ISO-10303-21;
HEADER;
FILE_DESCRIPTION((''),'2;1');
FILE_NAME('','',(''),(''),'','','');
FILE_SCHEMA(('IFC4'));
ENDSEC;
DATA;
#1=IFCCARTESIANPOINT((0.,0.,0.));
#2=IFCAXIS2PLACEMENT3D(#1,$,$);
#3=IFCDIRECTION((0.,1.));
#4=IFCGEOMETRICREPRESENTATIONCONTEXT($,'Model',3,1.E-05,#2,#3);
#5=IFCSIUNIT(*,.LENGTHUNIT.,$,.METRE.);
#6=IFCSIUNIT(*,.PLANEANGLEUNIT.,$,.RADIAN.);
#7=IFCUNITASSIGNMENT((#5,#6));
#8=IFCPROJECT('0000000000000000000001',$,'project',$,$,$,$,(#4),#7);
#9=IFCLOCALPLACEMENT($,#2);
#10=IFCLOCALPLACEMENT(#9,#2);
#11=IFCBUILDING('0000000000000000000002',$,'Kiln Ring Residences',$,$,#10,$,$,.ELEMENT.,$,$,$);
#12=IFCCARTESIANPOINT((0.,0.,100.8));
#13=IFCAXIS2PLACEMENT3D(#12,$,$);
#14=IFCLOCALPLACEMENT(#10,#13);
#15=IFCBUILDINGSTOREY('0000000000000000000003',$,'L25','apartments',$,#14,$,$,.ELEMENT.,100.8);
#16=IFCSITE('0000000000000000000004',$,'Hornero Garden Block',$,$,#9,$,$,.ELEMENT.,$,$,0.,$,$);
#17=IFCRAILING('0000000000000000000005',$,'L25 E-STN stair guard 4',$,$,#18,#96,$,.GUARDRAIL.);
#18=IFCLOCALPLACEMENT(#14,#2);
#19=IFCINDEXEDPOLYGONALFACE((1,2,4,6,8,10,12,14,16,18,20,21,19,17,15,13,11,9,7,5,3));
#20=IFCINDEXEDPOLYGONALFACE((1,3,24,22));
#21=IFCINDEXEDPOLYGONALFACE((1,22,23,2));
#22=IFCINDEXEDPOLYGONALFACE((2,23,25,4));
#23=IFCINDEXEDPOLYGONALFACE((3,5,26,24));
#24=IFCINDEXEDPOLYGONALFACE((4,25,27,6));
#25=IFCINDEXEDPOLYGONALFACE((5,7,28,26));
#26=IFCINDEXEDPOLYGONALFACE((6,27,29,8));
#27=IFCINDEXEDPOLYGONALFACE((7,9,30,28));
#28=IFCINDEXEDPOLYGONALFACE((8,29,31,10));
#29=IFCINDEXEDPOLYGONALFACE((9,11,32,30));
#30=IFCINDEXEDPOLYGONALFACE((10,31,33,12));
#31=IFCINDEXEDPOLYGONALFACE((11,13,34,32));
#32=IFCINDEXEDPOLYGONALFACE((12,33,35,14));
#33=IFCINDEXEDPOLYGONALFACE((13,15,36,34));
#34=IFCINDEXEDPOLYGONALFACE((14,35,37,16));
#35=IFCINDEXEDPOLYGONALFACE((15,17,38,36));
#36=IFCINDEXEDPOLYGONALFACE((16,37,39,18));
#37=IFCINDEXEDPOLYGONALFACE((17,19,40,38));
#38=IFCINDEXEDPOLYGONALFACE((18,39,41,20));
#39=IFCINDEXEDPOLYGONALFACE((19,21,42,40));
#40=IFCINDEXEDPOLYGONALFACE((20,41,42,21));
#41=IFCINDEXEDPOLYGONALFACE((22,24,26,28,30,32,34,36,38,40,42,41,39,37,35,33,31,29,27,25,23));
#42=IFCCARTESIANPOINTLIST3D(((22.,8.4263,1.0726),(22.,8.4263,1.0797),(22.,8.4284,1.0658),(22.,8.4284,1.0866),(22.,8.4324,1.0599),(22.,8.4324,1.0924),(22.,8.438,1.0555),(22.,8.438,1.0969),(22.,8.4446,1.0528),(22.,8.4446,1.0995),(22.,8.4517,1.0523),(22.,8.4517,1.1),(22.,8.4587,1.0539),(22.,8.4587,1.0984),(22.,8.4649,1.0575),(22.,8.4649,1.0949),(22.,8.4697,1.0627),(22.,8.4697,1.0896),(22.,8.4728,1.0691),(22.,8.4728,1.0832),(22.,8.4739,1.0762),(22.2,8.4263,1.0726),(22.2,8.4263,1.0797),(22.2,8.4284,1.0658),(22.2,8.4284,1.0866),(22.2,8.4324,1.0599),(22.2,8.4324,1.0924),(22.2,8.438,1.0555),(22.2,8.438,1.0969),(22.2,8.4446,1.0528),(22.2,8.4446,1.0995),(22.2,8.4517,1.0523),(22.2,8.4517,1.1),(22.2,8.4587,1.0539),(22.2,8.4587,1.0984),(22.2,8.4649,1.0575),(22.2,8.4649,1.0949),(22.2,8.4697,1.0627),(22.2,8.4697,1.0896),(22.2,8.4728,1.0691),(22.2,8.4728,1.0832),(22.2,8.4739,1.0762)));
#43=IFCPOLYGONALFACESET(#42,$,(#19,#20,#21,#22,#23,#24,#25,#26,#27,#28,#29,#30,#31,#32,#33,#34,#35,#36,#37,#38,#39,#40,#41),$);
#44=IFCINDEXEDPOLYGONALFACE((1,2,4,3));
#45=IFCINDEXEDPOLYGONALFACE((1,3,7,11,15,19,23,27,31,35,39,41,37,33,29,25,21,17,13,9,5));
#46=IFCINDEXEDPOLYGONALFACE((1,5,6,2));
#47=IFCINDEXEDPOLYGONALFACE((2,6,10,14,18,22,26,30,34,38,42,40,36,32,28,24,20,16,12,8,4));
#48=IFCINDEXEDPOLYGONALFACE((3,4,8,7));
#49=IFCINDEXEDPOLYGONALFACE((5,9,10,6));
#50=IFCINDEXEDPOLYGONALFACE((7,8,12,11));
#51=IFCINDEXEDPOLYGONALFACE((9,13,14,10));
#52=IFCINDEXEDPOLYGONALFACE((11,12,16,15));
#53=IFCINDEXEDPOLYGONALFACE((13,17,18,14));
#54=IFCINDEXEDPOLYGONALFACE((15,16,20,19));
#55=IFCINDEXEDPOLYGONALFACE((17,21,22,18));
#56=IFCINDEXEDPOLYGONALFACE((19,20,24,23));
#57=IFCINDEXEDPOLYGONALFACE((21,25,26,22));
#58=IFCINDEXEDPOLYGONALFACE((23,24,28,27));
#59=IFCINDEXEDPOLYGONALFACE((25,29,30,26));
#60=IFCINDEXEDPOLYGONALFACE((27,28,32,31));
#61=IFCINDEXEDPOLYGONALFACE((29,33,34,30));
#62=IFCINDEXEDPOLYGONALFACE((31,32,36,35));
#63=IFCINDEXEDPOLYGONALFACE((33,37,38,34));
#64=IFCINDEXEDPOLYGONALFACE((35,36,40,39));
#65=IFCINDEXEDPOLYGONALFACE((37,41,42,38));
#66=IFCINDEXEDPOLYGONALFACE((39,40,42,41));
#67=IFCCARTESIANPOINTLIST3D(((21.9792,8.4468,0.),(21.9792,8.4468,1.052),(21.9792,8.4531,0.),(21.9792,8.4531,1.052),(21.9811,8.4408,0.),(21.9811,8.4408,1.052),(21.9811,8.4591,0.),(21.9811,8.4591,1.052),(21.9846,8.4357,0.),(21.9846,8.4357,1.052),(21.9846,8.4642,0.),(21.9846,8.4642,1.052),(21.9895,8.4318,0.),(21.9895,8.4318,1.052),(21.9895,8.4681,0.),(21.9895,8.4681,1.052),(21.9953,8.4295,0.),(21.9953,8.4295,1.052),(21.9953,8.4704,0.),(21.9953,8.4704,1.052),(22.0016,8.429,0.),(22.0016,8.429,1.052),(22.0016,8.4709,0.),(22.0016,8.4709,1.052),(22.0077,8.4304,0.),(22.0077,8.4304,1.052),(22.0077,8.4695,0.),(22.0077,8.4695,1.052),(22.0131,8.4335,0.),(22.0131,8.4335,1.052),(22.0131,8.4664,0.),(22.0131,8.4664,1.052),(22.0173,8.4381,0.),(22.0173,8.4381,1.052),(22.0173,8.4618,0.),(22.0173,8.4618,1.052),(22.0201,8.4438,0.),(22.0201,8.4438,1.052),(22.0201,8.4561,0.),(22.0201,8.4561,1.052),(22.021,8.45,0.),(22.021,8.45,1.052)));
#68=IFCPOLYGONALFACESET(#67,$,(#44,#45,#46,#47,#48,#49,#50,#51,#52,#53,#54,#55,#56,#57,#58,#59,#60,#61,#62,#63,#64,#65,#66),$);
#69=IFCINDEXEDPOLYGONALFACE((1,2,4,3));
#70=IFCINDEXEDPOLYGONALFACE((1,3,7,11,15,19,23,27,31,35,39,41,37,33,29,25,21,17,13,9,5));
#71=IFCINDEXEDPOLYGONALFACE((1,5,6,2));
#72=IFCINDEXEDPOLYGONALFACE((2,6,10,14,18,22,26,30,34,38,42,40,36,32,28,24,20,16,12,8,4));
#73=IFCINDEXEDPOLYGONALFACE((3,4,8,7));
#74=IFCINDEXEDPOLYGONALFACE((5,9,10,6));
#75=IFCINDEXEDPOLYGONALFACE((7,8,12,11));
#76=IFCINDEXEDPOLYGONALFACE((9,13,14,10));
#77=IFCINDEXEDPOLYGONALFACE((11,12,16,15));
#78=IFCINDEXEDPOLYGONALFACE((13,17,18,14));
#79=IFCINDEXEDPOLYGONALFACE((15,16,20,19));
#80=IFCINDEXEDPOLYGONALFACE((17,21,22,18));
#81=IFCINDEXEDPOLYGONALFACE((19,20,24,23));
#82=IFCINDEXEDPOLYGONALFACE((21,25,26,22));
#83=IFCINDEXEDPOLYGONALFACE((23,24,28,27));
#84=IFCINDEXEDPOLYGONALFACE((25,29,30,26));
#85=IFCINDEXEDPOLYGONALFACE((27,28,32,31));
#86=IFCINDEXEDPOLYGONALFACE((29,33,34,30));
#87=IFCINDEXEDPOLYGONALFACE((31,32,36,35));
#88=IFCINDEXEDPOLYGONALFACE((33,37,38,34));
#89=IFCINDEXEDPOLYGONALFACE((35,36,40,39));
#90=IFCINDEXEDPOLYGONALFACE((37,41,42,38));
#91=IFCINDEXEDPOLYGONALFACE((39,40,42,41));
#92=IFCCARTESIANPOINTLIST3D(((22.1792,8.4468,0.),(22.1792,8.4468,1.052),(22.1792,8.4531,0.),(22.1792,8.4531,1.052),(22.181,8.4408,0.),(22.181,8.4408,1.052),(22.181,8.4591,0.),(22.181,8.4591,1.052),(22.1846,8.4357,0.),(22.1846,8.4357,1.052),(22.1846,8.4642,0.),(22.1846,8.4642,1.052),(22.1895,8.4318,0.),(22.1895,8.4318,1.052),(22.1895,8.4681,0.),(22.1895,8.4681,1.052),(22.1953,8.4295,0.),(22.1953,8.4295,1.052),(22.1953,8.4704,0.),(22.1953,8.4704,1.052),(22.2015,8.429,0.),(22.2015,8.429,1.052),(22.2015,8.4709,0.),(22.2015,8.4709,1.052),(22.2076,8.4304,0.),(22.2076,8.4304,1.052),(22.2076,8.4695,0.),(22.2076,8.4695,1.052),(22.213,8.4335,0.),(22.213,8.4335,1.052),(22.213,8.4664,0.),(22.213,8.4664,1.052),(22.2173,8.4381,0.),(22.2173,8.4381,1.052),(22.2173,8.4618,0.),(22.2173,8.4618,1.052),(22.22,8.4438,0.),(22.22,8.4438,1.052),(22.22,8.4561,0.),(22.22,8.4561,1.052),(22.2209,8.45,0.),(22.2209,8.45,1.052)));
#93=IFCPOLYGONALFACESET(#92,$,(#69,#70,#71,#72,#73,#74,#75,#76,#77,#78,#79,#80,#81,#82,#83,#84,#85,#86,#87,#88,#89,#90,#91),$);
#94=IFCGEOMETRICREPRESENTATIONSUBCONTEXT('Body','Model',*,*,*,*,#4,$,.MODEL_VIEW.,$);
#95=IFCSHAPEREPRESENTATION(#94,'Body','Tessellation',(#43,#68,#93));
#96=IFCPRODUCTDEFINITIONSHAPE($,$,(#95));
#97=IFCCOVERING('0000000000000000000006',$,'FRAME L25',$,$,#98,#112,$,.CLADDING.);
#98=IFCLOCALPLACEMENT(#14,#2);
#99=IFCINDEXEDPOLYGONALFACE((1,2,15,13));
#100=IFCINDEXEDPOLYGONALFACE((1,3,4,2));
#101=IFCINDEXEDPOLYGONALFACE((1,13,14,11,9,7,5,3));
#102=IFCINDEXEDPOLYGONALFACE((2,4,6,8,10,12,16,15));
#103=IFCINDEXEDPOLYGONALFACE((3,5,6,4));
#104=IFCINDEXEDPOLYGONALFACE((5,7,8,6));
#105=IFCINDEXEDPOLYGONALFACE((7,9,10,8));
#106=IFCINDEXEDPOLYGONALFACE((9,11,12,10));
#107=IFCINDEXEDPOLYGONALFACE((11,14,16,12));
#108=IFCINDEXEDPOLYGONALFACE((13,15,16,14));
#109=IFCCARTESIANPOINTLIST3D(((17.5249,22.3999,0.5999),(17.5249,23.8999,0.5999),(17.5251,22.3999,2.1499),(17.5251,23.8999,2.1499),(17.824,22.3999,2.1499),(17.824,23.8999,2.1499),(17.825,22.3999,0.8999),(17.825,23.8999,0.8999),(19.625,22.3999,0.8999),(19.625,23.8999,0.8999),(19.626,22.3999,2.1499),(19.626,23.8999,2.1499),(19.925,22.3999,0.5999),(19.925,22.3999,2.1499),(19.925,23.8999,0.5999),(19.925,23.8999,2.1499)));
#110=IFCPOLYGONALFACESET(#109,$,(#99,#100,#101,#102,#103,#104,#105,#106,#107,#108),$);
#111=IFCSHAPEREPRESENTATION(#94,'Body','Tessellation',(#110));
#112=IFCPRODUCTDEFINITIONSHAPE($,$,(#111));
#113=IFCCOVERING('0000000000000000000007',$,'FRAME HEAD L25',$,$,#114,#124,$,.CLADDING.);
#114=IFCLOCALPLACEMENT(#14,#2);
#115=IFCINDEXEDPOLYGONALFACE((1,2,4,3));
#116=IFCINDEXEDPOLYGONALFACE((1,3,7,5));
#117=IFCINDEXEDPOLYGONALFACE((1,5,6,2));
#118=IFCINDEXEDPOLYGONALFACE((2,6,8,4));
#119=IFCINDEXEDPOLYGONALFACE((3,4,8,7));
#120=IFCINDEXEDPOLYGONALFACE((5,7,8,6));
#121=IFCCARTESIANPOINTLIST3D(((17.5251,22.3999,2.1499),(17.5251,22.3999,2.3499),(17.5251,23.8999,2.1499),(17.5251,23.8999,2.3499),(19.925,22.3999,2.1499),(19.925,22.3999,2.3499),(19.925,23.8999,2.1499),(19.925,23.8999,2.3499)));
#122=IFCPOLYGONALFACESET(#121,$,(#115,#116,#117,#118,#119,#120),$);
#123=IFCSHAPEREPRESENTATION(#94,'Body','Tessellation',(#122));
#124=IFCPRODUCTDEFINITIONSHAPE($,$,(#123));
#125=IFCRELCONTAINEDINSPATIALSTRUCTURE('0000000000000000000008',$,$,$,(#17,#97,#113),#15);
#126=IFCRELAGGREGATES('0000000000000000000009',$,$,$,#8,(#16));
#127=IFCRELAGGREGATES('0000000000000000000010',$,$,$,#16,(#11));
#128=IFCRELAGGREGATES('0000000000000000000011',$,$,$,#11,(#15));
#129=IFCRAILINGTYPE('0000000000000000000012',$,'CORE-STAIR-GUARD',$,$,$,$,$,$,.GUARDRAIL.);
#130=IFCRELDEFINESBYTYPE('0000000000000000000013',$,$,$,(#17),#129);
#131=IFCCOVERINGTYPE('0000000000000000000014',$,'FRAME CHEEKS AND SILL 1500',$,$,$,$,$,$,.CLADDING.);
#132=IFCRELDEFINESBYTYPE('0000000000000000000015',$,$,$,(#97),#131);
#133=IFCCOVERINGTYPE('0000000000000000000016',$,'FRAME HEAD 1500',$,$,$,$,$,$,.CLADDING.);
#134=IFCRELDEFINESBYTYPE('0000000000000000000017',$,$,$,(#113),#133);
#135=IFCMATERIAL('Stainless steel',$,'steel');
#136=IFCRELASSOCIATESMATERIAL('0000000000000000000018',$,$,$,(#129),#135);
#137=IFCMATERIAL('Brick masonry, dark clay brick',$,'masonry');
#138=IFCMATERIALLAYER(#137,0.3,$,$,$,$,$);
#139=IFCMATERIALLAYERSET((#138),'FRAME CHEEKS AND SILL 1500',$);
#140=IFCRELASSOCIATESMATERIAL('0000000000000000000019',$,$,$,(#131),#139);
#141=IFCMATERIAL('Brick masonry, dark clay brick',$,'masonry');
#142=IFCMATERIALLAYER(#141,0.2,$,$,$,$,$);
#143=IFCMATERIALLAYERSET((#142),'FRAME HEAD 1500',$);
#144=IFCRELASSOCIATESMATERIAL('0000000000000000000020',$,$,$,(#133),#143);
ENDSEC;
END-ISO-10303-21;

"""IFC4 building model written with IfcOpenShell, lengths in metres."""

from ifc_helpers import new_model, si_unit, direction, frame, origin, origin_2d, place, context, subcontext, project, spatial, polyline, rectangle, circle, outline, extrude, material, layer, layer_set, type_object, element, save


model = new_model("IFC4")

# Units and contexts
model_context = context("Model", 3, precision=1e-05, world=origin(), true_north=direction((0.0, 1.0)))
body_context = subcontext(model_context, "Body", "Model", "MODEL_VIEW")
ifc_project = project(units=[si_unit("LENGTHUNIT", "METRE"), si_unit("PLANEANGLEUNIT", "RADIAN")], contexts=[model_context])

# Site, building, storey
site_placement = place(None, origin())
site = spatial("IfcSite", under=ifc_project, at=site_placement, Name="Hornero Garden Block", CompositionType="ELEMENT", RefElevation=0.0)
building_placement = place(site_placement, origin())
building = spatial("IfcBuilding", under=site, at=building_placement, Name="Kiln Ring Residences", CompositionType="ELEMENT")
storey_placement = place(building_placement, frame((0.0, 0.0, 100.8)))
storey = spatial("IfcBuildingStorey", under=building, at=storey_placement, Name="L25", Description="apartments", CompositionType="ELEMENT", Elevation=100.8)

# Railing
ifc_material_1 = material(Name="Stainless steel", Category="steel")
railing_type = type_object("IfcRailingType", Name="CORE-STAIR-GUARD", PredefinedType="GUARDRAIL", material=ifc_material_1)
railing_placement = place(storey_placement, frame((22.0, 8.45, 0.0)))
element("IfcRailing", 1, at=railing_placement, inside=storey, type_object=railing_type, Name="L25 E-STN stair guard 4", PredefinedType="GUARDRAIL", context=body_context, shape_type="SweptSolid", body=[
    extrude(circle(Radius=0.0239, at=origin_2d()), frame((0.0, 0.0, 1.0762), z_axis=(1.0, 0.0, 0.0), x_axis=(0.0, 1.0, 0.0)), (0.0, 0.0, 1.0), 0.2),
    extrude(circle(Radius=0.021, at=origin_2d()), origin(), (0.0, 0.0, 1.0), 1.052),
    extrude(circle(Radius=0.021, at=origin_2d()), frame((0.2, 0.0, 0.0)), (0.0, 0.0, 1.0), 1.052),
])

# Coverings
ifc_material_2 = material(Name="Brick masonry, dark clay brick", Category="masonry")
ifc_layer_1 = layer(ifc_material_2, 0.3)
ifc_layer_set_1 = layer_set([ifc_layer_1], Name="FRAME CHEEKS AND SILL 1500")
covering_type_1 = type_object("IfcCoveringType", Name="FRAME CHEEKS AND SILL 1500", PredefinedType="CLADDING", material=ifc_layer_set_1)
covering_1_placement = place(storey_placement, frame((19.925, 23.1499, 0.5999), z_axis=(0.0, 0.0, 1.0), x_axis=(-1.0, 0.0, 0.0)))
element("IfcCovering", 2, at=covering_1_placement, inside=storey, type_object=covering_type_1, Name="FRAME L25", PredefinedType="CLADDING", context=body_context, shape_type="SweptSolid", body=[
    extrude(outline(polyline([(0.0, 0.0), (2.4001, 0.0), (2.3999, 1.55), (2.1011, 1.55), (2.1001, 0.3), (0.3, 0.3), (0.2991, 1.55), (0.0, 1.55), (0.0, 0.0)])), frame((0.0, 0.75, 0.0), z_axis=(0.0, -1.0, 0.0), x_axis=(1.0, 0.0, 0.0)), (0.0, 0.0, 1.0), 1.5),
])
ifc_material_3 = material(Name="Brick masonry, dark clay brick", Category="masonry")
ifc_layer_2 = layer(ifc_material_3, 0.2)
ifc_layer_set_2 = layer_set([ifc_layer_2], Name="FRAME HEAD 1500")
covering_type_2 = type_object("IfcCoveringType", Name="FRAME HEAD 1500", PredefinedType="CLADDING", material=ifc_layer_set_2)
covering_2_placement = place(storey_placement, frame((18.7251, 23.1499, 2.1499), z_axis=(0.0, 0.0, 1.0), x_axis=(-1.0, 0.0, 0.0)))
element("IfcCovering", 3, at=covering_2_placement, inside=storey, type_object=covering_type_2, Name="FRAME HEAD L25", PredefinedType="CLADDING", context=body_context, shape_type="SweptSolid", body=[
    extrude(rectangle(XDim=2.3999, YDim=1.5, at=origin_2d()), origin(), (0.0, 0.0, 1.0), 0.2),
])

save(model, "model.ifc")
